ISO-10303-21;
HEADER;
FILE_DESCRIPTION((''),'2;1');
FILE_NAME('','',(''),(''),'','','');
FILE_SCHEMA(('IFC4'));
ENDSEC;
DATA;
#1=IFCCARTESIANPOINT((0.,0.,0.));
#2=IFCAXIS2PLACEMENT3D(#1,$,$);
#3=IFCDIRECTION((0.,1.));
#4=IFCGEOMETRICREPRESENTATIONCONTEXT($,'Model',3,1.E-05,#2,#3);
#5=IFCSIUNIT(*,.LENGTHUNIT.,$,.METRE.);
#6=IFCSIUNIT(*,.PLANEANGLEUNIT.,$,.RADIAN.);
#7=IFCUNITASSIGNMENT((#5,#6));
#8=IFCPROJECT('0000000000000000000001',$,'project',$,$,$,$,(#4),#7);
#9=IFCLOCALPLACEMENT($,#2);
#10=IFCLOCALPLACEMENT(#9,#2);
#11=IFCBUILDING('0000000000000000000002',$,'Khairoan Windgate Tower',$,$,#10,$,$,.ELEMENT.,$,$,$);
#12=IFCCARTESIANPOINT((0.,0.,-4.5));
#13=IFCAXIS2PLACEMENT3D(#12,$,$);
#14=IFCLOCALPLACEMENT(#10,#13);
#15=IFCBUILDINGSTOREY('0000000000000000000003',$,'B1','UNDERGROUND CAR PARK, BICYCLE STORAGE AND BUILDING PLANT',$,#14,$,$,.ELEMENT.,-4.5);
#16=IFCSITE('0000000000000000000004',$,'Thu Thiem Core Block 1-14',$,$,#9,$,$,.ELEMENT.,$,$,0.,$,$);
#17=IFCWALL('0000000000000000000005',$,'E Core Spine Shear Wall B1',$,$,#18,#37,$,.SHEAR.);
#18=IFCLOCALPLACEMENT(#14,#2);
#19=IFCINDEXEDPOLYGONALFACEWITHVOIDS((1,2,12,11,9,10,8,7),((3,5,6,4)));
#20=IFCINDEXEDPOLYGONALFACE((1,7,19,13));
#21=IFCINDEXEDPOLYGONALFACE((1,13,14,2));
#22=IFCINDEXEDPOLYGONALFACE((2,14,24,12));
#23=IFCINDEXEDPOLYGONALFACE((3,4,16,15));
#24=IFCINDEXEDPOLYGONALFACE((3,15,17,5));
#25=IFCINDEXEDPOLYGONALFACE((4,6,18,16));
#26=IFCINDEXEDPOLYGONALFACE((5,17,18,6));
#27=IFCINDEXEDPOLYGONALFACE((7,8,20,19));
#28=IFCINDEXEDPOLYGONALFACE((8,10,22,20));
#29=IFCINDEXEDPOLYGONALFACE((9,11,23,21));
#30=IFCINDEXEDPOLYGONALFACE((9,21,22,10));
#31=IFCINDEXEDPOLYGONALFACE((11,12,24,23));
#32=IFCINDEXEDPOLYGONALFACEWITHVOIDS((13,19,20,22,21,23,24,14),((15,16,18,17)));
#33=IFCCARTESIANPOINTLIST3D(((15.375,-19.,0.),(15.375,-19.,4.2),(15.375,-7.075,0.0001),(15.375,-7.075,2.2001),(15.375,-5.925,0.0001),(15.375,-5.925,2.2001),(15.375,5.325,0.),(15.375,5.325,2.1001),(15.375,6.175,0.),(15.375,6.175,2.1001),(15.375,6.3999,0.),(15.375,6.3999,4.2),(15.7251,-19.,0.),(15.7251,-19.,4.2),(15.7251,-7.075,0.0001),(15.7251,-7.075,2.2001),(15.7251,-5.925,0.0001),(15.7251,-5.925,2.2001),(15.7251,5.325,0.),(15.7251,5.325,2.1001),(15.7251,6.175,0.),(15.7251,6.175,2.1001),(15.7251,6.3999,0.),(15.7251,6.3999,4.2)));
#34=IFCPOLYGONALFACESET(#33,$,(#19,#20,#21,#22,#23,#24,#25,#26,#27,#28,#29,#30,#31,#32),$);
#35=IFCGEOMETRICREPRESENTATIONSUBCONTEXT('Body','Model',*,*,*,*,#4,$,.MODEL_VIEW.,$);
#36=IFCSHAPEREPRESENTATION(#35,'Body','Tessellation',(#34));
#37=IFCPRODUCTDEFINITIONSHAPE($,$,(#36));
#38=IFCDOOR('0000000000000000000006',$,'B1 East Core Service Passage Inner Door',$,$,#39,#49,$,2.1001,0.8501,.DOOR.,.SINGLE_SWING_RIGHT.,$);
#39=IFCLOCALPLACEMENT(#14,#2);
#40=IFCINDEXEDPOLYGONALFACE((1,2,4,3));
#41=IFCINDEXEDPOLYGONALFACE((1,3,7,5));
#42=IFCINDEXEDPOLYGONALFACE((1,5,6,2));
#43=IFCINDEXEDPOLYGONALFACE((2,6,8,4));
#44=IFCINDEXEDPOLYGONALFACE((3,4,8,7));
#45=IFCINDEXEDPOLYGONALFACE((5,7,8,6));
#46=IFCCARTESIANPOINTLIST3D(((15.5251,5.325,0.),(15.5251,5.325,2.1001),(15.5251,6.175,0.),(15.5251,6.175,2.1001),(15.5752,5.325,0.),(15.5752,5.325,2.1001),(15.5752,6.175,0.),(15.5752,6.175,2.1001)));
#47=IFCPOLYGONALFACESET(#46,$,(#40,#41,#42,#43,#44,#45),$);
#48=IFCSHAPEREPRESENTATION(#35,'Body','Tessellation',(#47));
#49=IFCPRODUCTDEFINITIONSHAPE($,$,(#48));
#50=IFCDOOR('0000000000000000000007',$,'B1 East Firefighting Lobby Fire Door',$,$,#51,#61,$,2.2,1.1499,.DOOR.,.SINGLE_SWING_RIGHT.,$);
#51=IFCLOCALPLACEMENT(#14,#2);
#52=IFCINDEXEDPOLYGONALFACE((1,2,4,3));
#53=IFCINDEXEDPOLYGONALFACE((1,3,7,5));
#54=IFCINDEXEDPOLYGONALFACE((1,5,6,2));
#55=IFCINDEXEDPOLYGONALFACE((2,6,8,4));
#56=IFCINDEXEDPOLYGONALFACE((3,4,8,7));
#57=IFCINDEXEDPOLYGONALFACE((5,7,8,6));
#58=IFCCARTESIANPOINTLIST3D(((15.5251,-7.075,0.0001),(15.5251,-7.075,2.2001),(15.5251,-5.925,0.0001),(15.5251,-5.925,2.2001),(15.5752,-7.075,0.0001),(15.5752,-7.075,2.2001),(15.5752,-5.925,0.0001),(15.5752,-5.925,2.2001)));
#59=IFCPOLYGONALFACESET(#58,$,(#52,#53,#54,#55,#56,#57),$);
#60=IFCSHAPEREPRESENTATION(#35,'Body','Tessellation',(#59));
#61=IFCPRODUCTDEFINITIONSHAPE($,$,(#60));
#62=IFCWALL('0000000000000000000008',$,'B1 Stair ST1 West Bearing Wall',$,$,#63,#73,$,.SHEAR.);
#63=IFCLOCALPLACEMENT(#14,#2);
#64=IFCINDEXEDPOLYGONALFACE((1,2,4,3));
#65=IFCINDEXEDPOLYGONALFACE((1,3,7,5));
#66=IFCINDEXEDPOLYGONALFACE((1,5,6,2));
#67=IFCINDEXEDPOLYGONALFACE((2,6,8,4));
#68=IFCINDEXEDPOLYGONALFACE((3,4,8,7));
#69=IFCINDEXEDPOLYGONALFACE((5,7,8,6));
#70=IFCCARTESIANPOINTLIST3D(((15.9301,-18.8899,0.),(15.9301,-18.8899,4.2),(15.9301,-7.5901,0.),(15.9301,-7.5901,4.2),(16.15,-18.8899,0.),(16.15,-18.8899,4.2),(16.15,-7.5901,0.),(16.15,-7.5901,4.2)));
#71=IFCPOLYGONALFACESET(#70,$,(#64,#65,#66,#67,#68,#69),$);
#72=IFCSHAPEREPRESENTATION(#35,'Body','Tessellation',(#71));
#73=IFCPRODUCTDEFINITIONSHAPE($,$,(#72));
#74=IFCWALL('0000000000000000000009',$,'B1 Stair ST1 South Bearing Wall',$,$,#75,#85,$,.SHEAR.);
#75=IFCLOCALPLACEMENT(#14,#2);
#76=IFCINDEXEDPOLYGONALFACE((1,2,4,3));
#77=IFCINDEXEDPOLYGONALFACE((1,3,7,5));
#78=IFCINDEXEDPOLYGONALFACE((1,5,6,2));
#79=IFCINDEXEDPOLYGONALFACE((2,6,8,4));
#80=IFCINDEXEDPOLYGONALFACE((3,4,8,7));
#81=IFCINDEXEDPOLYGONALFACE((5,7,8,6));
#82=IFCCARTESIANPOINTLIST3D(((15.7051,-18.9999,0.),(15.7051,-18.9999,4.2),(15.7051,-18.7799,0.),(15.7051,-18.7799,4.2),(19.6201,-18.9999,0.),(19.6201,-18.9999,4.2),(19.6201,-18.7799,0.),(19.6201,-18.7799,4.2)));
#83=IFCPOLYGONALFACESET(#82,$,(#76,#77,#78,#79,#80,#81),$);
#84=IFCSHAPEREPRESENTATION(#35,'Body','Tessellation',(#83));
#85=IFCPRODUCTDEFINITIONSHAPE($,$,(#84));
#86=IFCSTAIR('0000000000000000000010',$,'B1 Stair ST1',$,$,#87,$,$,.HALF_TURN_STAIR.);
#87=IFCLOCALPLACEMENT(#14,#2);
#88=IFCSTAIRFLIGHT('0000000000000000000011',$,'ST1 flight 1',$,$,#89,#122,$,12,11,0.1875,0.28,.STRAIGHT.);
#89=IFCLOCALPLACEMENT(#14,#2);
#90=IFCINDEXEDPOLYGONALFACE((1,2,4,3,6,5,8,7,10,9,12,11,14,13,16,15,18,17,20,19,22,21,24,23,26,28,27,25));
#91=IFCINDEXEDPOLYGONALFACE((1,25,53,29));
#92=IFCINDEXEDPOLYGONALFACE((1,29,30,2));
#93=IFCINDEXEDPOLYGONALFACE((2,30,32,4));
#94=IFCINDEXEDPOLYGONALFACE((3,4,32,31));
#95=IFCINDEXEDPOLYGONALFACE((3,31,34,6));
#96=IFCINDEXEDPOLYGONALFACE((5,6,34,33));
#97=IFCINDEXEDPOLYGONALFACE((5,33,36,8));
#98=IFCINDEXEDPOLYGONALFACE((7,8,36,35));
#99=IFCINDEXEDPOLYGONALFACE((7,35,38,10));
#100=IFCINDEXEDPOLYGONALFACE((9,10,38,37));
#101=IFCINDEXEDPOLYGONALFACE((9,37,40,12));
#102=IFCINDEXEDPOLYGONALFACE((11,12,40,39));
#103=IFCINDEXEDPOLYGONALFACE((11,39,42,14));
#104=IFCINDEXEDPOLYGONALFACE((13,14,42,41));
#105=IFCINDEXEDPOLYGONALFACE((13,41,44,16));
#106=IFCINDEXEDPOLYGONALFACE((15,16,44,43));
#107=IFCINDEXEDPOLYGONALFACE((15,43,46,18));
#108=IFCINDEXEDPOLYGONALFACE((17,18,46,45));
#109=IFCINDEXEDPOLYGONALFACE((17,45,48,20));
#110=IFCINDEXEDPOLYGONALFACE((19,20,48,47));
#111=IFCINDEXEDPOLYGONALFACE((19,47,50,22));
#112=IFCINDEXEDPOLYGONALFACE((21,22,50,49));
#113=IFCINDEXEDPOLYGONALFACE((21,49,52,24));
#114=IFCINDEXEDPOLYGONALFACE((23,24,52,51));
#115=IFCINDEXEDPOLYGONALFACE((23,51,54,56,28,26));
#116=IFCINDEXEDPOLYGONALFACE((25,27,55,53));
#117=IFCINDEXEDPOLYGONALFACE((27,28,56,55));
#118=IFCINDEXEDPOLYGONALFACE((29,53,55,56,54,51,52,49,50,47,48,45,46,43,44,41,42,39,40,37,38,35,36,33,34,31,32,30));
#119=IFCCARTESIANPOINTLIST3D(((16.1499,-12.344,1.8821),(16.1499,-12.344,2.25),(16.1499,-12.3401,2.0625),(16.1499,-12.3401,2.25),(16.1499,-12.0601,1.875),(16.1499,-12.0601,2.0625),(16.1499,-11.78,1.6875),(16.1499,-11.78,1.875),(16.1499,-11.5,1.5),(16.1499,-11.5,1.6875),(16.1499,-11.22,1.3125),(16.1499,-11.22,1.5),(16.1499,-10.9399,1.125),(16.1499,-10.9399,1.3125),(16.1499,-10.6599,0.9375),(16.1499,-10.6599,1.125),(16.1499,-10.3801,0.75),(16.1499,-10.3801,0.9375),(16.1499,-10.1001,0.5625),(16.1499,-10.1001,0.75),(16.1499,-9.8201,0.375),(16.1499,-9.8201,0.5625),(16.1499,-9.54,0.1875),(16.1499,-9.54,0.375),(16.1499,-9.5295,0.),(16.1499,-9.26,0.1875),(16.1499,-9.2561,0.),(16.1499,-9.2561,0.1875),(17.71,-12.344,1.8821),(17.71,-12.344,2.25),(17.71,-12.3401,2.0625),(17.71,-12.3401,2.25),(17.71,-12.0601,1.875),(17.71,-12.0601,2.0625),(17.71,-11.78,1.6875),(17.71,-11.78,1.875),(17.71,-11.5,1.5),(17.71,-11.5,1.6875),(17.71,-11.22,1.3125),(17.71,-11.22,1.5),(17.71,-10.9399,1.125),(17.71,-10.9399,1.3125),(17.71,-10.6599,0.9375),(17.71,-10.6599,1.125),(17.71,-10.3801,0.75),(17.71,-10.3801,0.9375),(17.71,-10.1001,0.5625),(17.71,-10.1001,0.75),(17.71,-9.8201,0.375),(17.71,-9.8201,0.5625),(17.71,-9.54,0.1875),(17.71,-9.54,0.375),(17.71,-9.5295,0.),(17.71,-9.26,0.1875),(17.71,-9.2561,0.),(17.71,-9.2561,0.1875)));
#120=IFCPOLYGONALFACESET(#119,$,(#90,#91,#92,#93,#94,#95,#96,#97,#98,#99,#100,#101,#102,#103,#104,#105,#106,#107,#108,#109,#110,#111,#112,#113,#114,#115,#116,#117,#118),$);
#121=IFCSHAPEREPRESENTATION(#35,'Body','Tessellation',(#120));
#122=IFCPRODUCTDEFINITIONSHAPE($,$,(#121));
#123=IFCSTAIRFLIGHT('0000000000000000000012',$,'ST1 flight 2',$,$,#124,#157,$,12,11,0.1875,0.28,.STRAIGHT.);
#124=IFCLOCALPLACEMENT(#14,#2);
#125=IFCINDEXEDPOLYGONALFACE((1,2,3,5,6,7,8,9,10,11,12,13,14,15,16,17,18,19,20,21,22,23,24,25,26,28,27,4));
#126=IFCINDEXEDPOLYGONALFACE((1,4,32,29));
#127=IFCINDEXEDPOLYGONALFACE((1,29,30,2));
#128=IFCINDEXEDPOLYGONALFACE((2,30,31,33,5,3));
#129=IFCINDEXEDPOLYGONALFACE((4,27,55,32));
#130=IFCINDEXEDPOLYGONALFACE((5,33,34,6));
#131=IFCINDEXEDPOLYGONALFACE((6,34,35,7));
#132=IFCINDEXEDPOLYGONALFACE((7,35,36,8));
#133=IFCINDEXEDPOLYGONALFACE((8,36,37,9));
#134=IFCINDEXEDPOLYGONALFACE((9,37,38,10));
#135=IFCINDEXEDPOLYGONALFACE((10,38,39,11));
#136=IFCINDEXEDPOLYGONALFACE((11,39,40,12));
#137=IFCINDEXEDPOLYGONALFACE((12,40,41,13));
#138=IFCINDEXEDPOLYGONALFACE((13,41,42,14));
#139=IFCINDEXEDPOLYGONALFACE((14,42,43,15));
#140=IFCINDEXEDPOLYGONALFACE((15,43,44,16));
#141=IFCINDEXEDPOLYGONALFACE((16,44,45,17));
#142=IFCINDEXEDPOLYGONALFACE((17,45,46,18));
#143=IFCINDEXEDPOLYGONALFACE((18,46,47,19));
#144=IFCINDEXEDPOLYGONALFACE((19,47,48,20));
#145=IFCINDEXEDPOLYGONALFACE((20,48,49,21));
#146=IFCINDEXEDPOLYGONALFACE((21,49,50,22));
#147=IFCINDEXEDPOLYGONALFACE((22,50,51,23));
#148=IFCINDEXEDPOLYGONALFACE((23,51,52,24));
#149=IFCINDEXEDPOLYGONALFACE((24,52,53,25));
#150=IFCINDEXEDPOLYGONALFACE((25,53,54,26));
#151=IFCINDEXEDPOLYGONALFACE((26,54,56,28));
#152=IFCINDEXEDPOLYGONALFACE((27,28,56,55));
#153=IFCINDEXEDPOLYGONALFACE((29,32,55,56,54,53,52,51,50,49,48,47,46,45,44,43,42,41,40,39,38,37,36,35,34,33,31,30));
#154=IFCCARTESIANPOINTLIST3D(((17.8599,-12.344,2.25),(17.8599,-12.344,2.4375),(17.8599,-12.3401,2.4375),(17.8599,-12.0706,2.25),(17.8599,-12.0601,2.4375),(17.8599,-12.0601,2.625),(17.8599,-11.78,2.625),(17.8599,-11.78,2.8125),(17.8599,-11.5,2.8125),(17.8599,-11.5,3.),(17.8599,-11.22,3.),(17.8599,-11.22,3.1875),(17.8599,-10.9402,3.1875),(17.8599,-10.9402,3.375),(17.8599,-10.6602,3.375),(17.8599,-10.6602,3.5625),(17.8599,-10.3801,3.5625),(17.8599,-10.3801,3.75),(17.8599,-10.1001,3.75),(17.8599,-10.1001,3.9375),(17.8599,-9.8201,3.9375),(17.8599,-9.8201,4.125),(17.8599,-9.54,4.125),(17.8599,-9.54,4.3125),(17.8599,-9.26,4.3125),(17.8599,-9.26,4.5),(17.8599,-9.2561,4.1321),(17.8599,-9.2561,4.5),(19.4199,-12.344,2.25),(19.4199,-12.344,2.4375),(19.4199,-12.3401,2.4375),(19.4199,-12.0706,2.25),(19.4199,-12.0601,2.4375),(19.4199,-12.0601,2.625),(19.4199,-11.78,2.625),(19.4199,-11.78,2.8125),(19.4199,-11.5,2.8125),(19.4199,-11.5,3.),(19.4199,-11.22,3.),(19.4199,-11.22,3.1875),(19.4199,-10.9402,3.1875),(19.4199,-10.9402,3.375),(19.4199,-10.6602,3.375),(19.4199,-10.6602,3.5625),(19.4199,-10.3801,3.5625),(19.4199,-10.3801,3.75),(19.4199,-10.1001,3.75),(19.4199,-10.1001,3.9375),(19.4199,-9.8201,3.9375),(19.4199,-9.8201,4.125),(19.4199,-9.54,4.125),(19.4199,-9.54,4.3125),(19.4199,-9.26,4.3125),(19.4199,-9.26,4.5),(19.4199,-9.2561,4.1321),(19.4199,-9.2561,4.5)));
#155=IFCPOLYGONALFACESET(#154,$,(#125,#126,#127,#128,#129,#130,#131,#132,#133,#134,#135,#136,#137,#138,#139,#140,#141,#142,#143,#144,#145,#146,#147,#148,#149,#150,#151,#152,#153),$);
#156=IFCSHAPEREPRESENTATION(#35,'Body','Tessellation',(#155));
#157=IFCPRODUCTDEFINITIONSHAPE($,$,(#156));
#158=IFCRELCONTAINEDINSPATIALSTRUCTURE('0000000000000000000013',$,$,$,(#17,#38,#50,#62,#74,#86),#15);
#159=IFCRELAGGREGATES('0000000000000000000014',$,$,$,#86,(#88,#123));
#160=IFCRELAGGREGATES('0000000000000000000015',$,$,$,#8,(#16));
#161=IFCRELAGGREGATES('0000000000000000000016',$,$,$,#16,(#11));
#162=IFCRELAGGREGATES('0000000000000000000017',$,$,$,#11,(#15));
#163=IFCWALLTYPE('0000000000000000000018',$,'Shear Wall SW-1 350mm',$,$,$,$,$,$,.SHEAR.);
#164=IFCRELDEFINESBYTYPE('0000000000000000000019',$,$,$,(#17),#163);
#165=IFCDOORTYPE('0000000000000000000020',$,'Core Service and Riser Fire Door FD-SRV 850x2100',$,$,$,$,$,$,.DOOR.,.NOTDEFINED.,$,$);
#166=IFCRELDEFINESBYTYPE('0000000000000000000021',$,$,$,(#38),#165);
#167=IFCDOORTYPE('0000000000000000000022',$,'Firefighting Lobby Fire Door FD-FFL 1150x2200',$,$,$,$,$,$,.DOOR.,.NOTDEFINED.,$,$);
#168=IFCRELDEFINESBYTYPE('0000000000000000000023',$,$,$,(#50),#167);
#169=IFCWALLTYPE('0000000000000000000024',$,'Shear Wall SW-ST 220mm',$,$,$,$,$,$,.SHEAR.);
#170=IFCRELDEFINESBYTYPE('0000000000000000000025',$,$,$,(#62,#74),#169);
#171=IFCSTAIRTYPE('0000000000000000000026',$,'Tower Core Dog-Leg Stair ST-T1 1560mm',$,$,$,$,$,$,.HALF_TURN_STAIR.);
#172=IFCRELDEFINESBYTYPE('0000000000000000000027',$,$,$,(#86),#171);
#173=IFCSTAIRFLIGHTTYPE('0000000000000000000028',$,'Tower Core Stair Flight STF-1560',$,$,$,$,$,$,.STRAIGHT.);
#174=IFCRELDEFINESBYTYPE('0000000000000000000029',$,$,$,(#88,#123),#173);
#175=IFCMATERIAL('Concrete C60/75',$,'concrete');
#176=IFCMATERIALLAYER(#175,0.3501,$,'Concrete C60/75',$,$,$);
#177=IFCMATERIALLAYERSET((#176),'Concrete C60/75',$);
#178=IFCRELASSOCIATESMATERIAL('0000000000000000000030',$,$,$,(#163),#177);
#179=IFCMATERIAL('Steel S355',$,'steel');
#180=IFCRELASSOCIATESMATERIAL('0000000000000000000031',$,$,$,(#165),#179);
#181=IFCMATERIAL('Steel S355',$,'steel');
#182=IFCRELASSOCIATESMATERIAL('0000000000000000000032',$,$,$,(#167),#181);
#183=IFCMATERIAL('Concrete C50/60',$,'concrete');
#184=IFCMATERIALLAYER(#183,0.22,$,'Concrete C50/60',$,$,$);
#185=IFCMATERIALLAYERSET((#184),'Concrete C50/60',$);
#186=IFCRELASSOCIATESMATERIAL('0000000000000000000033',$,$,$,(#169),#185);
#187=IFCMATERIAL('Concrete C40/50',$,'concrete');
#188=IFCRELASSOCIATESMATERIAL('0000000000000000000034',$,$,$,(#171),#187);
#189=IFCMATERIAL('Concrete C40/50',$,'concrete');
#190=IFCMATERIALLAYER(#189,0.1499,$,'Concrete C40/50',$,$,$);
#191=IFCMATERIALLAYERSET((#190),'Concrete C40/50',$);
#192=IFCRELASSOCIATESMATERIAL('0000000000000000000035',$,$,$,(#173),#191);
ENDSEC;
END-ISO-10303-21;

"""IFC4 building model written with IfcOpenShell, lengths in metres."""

from ifc_helpers import new_model, si_unit, direction, frame, frame_2d, origin, place, context, subcontext, project, spatial, polyline, rectangle, outline, extrude, material, layer, layer_set, type_object, element, fill, aggregate, save


model = new_model("IFC4")

# Units and contexts
model_context = context("Model", 3, precision=1e-05, world=origin(), true_north=direction((0.0, 1.0)))
body_context = subcontext(model_context, "Body", "Model", "MODEL_VIEW")
ifc_project = project(units=[si_unit("LENGTHUNIT", "METRE"), si_unit("PLANEANGLEUNIT", "RADIAN")], contexts=[model_context])

# Site, building, storey
site_placement = place(None, origin())
site = spatial("IfcSite", under=ifc_project, at=site_placement, Name="Thu Thiem Core Block 1-14", CompositionType="ELEMENT", RefElevation=0.0)
building_placement = place(site_placement, origin())
building = spatial("IfcBuilding", under=site, at=building_placement, Name="Khairoan Windgate Tower", CompositionType="ELEMENT")
storey_placement = place(building_placement, frame((0.0, 0.0, -4.5)))
storey = spatial("IfcBuildingStorey", under=building, at=storey_placement, Name="B1", Description="UNDERGROUND CAR PARK, BICYCLE STORAGE AND BUILDING PLANT", CompositionType="ELEMENT", Elevation=-4.5)

# Wall, openings, doors
ifc_material_1 = material(Name="Concrete C60/75", Category="concrete")
ifc_layer_1 = layer(ifc_material_1, 0.3501, Name="Concrete C60/75")
ifc_layer_set_1 = layer_set([ifc_layer_1], Name="Concrete C60/75")
wall_type_1 = type_object("IfcWallType", Name="Shear Wall SW-1 350mm", PredefinedType="SHEAR", material=ifc_layer_set_1)
wall_1_placement = place(storey_placement, frame((15.55, -19.0, 0.0), z_axis=(0.0, 0.0, 1.0), x_axis=(0.0, 1.0, 0.0)))
wall_1 = element("IfcWall", 1, at=wall_1_placement, inside=storey, type_object=wall_type_1, Name="E Core Spine Shear Wall B1", PredefinedType="SHEAR", context=body_context, shape_type="SweptSolid", body=[
    extrude(rectangle(XDim=25.3999, YDim=0.3501, at=frame_2d((12.7, 0.0))), origin(), (0.0, 0.0, 1.0), 4.2),
])
opening_1_placement = place(wall_1_placement, frame((11.925, 0.0, 0.0)))
opening_1 = element("IfcOpeningElement", 2, at=opening_1_placement, cuts=wall_1, PredefinedType="OPENING", context=body_context, shape_type="SweptSolid", body=[
    extrude(rectangle(XDim=1.1499, YDim=2.2, at=frame_2d((0.575, 1.1001))), frame((0.0, 0.1851, 0.0), z_axis=(0.0, -1.0, 0.0), x_axis=(1.0, 0.0, 0.0)), (0.0, 0.0, 1.0), 0.3701),
])
opening_2_placement = place(wall_1_placement, frame((24.325, 0.0, 0.0)))
opening_2 = element("IfcOpeningElement", 3, at=opening_2_placement, cuts=wall_1, PredefinedType="OPENING", context=body_context, shape_type="SweptSolid", body=[
    extrude(rectangle(XDim=0.8501, YDim=2.1001, at=frame_2d((0.425, 1.05))), frame((0.0, 0.1851, 0.0), z_axis=(0.0, -1.0, 0.0), x_axis=(1.0, 0.0, 0.0)), (0.0, 0.0, 1.0), 0.3701),
])
ifc_material_2 = material(Name="Steel S355", Category="steel")
door_type_1 = type_object("IfcDoorType", Name="Core Service and Riser Fire Door FD-SRV 850x2100", OperationType="NOTDEFINED", PredefinedType="DOOR", material=ifc_material_2)
door_1_placement = place(opening_2_placement, origin())
door_1 = element("IfcDoor", 4, at=door_1_placement, inside=storey, type_object=door_type_1, Name="B1 East Core Service Passage Inner Door", OperationType="SINGLE_SWING_RIGHT", OverallHeight=2.1001, OverallWidth=0.8501, PredefinedType="DOOR", context=body_context, shape_type="SweptSolid", body=[
    extrude(rectangle(XDim=0.8501, YDim=2.1001, at=frame_2d((0.425, 1.05))), frame((0.0, 0.0249, 0.0), z_axis=(0.0, -1.0, 0.0), x_axis=(1.0, 0.0, 0.0)), (0.0, 0.0, 1.0), 0.05),
])
fill(opening_2, door_1)
ifc_material_3 = material(Name="Steel S355", Category="steel")
door_type_2 = type_object("IfcDoorType", Name="Firefighting Lobby Fire Door FD-FFL 1150x2200", OperationType="NOTDEFINED", PredefinedType="DOOR", material=ifc_material_3)
door_2_placement = place(opening_1_placement, origin())
door_2 = element("IfcDoor", 5, at=door_2_placement, inside=storey, type_object=door_type_2, Name="B1 East Firefighting Lobby Fire Door", OperationType="SINGLE_SWING_RIGHT", OverallHeight=2.2, OverallWidth=1.1499, PredefinedType="DOOR", context=body_context, shape_type="SweptSolid", body=[
    extrude(rectangle(XDim=1.1499, YDim=2.2, at=frame_2d((0.575, 1.1001))), frame((0.0, 0.0249, 0.0), z_axis=(0.0, -1.0, 0.0), x_axis=(1.0, 0.0, 0.0)), (0.0, 0.0, 1.0), 0.05),
])
fill(opening_1, door_2)

# Walls
ifc_material_4 = material(Name="Concrete C50/60", Category="concrete")
ifc_layer_2 = layer(ifc_material_4, 0.22, Name="Concrete C50/60")
ifc_layer_set_2 = layer_set([ifc_layer_2], Name="Concrete C50/60")
wall_type_2 = type_object("IfcWallType", Name="Shear Wall SW-ST 220mm", PredefinedType="SHEAR", material=ifc_layer_set_2)
wall_2_placement = place(storey_placement, frame((16.04, -18.8899, 0.0), z_axis=(0.0, 0.0, 1.0), x_axis=(0.0, 1.0, 0.0)))
element("IfcWall", 6, at=wall_2_placement, inside=storey, type_object=wall_type_2, Name="B1 Stair ST1 West Bearing Wall", PredefinedType="SHEAR", context=body_context, shape_type="SweptSolid", body=[
    extrude(rectangle(XDim=11.2998, YDim=0.22, at=frame_2d((5.6499, 0.0))), origin(), (0.0, 0.0, 1.0), 4.2),
])
wall_3_placement = place(storey_placement, frame((15.7051, -18.8899, 0.0), z_axis=(0.0, 0.0, 1.0), x_axis=(1.0, 0.0, 0.0)))
element("IfcWall", 7, at=wall_3_placement, inside=storey, type_object=wall_type_2, Name="B1 Stair ST1 South Bearing Wall", PredefinedType="SHEAR", context=body_context, shape_type="SweptSolid", body=[
    extrude(rectangle(XDim=3.915, YDim=0.22, at=frame_2d((1.9575, 0.0))), origin(), (0.0, 0.0, 1.0), 4.2),
])

# Stair, stair flights
ifc_material_5 = material(Name="Concrete C40/50", Category="concrete")
stair_type = type_object("IfcStairType", Name="Tower Core Dog-Leg Stair ST-T1 1560mm", PredefinedType="HALF_TURN_STAIR", material=ifc_material_5)
stair_placement = place(storey_placement, origin())
stair = element("IfcStair", 8, at=stair_placement, inside=storey, type_object=stair_type, Name="B1 Stair ST1", PredefinedType="HALF_TURN_STAIR")
ifc_material_6 = material(Name="Concrete C40/50", Category="concrete")
ifc_layer_3 = layer(ifc_material_6, 0.1499, Name="Concrete C40/50")
ifc_layer_set_3 = layer_set([ifc_layer_3], Name="Concrete C40/50")
stair_flight_type = type_object("IfcStairFlightType", Name="Tower Core Stair Flight STF-1560", PredefinedType="STRAIGHT", material=ifc_layer_set_3)
stair_flight_1_placement = place(storey_placement, frame((16.9299, -9.26, 0.0), z_axis=(0.0, 0.0, 1.0), x_axis=(0.0, -1.0, 0.0)))
stair_flight_1 = element("IfcStairFlight", 9, at=stair_flight_1_placement, type_object=stair_flight_type, Name="ST1 flight 1", NumberOfRisers=12, NumberOfTreads=11, PredefinedType="STRAIGHT", RiserHeight=0.1875, TreadLength=0.28, context=body_context, shape_type="SweptSolid", body=[
    extrude(outline(polyline([(-0.0039, 0.0), (-0.0039, 0.1875), (0.0, 0.1875), (0.28, 0.1875), (0.28, 0.375), (0.5601, 0.375), (0.5601, 0.5625), (0.8401, 0.5625), (0.8401, 0.75), (1.1201, 0.75), (1.1201, 0.9375), (1.3999, 0.9375), (1.3999, 1.125), (1.6799, 1.125), (1.6799, 1.3125), (1.96, 1.3125), (1.96, 1.5), (2.24, 1.5), (2.24, 1.6875), (2.52, 1.6875), (2.52, 1.875), (2.8, 1.875), (2.8, 2.0625), (3.0801, 2.0625), (3.0801, 2.25), (3.084, 2.25), (3.084, 1.8821), (0.2695, 0.0), (-0.0039, 0.0)])), frame((0.0, 0.78, 0.0), z_axis=(0.0, -1.0, 0.0), x_axis=(1.0, 0.0, 0.0)), (0.0, 0.0, 1.0), 1.5601),
])
stair_flight_2_placement = place(storey_placement, frame((18.6399, -12.3401, 2.25), z_axis=(0.0, 0.0, 1.0), x_axis=(0.0, 1.0, 0.0)))
stair_flight_2 = element("IfcStairFlight", 10, at=stair_flight_2_placement, type_object=stair_flight_type, Name="ST1 flight 2", NumberOfRisers=12, NumberOfTreads=11, PredefinedType="STRAIGHT", RiserHeight=0.1875, TreadLength=0.28, context=body_context, shape_type="SweptSolid", body=[
    extrude(outline(polyline([(-0.0039, 0.0), (-0.0039, 0.1875), (0.0, 0.1875), (0.28, 0.1875), (0.28, 0.375), (0.5601, 0.375), (0.5601, 0.5625), (0.8401, 0.5625), (0.8401, 0.75), (1.1201, 0.75), (1.1201, 0.9375), (1.3999, 0.9375), (1.3999, 1.125), (1.6799, 1.125), (1.6799, 1.3125), (1.96, 1.3125), (1.96, 1.5), (2.24, 1.5), (2.24, 1.6875), (2.52, 1.6875), (2.52, 1.875), (2.8, 1.875), (2.8, 2.0625), (3.0801, 2.0625), (3.0801, 2.25), (3.084, 2.25), (3.084, 1.8821), (0.2695, 0.0), (-0.0039, 0.0)])), frame((0.0, 0.78, 0.0), z_axis=(0.0, -1.0, 0.0), x_axis=(1.0, 0.0, 0.0)), (0.0, 0.0, 1.0), 1.5601),
])
aggregate(stair, [stair_flight_1, stair_flight_2])

save(model, "model.ifc")
